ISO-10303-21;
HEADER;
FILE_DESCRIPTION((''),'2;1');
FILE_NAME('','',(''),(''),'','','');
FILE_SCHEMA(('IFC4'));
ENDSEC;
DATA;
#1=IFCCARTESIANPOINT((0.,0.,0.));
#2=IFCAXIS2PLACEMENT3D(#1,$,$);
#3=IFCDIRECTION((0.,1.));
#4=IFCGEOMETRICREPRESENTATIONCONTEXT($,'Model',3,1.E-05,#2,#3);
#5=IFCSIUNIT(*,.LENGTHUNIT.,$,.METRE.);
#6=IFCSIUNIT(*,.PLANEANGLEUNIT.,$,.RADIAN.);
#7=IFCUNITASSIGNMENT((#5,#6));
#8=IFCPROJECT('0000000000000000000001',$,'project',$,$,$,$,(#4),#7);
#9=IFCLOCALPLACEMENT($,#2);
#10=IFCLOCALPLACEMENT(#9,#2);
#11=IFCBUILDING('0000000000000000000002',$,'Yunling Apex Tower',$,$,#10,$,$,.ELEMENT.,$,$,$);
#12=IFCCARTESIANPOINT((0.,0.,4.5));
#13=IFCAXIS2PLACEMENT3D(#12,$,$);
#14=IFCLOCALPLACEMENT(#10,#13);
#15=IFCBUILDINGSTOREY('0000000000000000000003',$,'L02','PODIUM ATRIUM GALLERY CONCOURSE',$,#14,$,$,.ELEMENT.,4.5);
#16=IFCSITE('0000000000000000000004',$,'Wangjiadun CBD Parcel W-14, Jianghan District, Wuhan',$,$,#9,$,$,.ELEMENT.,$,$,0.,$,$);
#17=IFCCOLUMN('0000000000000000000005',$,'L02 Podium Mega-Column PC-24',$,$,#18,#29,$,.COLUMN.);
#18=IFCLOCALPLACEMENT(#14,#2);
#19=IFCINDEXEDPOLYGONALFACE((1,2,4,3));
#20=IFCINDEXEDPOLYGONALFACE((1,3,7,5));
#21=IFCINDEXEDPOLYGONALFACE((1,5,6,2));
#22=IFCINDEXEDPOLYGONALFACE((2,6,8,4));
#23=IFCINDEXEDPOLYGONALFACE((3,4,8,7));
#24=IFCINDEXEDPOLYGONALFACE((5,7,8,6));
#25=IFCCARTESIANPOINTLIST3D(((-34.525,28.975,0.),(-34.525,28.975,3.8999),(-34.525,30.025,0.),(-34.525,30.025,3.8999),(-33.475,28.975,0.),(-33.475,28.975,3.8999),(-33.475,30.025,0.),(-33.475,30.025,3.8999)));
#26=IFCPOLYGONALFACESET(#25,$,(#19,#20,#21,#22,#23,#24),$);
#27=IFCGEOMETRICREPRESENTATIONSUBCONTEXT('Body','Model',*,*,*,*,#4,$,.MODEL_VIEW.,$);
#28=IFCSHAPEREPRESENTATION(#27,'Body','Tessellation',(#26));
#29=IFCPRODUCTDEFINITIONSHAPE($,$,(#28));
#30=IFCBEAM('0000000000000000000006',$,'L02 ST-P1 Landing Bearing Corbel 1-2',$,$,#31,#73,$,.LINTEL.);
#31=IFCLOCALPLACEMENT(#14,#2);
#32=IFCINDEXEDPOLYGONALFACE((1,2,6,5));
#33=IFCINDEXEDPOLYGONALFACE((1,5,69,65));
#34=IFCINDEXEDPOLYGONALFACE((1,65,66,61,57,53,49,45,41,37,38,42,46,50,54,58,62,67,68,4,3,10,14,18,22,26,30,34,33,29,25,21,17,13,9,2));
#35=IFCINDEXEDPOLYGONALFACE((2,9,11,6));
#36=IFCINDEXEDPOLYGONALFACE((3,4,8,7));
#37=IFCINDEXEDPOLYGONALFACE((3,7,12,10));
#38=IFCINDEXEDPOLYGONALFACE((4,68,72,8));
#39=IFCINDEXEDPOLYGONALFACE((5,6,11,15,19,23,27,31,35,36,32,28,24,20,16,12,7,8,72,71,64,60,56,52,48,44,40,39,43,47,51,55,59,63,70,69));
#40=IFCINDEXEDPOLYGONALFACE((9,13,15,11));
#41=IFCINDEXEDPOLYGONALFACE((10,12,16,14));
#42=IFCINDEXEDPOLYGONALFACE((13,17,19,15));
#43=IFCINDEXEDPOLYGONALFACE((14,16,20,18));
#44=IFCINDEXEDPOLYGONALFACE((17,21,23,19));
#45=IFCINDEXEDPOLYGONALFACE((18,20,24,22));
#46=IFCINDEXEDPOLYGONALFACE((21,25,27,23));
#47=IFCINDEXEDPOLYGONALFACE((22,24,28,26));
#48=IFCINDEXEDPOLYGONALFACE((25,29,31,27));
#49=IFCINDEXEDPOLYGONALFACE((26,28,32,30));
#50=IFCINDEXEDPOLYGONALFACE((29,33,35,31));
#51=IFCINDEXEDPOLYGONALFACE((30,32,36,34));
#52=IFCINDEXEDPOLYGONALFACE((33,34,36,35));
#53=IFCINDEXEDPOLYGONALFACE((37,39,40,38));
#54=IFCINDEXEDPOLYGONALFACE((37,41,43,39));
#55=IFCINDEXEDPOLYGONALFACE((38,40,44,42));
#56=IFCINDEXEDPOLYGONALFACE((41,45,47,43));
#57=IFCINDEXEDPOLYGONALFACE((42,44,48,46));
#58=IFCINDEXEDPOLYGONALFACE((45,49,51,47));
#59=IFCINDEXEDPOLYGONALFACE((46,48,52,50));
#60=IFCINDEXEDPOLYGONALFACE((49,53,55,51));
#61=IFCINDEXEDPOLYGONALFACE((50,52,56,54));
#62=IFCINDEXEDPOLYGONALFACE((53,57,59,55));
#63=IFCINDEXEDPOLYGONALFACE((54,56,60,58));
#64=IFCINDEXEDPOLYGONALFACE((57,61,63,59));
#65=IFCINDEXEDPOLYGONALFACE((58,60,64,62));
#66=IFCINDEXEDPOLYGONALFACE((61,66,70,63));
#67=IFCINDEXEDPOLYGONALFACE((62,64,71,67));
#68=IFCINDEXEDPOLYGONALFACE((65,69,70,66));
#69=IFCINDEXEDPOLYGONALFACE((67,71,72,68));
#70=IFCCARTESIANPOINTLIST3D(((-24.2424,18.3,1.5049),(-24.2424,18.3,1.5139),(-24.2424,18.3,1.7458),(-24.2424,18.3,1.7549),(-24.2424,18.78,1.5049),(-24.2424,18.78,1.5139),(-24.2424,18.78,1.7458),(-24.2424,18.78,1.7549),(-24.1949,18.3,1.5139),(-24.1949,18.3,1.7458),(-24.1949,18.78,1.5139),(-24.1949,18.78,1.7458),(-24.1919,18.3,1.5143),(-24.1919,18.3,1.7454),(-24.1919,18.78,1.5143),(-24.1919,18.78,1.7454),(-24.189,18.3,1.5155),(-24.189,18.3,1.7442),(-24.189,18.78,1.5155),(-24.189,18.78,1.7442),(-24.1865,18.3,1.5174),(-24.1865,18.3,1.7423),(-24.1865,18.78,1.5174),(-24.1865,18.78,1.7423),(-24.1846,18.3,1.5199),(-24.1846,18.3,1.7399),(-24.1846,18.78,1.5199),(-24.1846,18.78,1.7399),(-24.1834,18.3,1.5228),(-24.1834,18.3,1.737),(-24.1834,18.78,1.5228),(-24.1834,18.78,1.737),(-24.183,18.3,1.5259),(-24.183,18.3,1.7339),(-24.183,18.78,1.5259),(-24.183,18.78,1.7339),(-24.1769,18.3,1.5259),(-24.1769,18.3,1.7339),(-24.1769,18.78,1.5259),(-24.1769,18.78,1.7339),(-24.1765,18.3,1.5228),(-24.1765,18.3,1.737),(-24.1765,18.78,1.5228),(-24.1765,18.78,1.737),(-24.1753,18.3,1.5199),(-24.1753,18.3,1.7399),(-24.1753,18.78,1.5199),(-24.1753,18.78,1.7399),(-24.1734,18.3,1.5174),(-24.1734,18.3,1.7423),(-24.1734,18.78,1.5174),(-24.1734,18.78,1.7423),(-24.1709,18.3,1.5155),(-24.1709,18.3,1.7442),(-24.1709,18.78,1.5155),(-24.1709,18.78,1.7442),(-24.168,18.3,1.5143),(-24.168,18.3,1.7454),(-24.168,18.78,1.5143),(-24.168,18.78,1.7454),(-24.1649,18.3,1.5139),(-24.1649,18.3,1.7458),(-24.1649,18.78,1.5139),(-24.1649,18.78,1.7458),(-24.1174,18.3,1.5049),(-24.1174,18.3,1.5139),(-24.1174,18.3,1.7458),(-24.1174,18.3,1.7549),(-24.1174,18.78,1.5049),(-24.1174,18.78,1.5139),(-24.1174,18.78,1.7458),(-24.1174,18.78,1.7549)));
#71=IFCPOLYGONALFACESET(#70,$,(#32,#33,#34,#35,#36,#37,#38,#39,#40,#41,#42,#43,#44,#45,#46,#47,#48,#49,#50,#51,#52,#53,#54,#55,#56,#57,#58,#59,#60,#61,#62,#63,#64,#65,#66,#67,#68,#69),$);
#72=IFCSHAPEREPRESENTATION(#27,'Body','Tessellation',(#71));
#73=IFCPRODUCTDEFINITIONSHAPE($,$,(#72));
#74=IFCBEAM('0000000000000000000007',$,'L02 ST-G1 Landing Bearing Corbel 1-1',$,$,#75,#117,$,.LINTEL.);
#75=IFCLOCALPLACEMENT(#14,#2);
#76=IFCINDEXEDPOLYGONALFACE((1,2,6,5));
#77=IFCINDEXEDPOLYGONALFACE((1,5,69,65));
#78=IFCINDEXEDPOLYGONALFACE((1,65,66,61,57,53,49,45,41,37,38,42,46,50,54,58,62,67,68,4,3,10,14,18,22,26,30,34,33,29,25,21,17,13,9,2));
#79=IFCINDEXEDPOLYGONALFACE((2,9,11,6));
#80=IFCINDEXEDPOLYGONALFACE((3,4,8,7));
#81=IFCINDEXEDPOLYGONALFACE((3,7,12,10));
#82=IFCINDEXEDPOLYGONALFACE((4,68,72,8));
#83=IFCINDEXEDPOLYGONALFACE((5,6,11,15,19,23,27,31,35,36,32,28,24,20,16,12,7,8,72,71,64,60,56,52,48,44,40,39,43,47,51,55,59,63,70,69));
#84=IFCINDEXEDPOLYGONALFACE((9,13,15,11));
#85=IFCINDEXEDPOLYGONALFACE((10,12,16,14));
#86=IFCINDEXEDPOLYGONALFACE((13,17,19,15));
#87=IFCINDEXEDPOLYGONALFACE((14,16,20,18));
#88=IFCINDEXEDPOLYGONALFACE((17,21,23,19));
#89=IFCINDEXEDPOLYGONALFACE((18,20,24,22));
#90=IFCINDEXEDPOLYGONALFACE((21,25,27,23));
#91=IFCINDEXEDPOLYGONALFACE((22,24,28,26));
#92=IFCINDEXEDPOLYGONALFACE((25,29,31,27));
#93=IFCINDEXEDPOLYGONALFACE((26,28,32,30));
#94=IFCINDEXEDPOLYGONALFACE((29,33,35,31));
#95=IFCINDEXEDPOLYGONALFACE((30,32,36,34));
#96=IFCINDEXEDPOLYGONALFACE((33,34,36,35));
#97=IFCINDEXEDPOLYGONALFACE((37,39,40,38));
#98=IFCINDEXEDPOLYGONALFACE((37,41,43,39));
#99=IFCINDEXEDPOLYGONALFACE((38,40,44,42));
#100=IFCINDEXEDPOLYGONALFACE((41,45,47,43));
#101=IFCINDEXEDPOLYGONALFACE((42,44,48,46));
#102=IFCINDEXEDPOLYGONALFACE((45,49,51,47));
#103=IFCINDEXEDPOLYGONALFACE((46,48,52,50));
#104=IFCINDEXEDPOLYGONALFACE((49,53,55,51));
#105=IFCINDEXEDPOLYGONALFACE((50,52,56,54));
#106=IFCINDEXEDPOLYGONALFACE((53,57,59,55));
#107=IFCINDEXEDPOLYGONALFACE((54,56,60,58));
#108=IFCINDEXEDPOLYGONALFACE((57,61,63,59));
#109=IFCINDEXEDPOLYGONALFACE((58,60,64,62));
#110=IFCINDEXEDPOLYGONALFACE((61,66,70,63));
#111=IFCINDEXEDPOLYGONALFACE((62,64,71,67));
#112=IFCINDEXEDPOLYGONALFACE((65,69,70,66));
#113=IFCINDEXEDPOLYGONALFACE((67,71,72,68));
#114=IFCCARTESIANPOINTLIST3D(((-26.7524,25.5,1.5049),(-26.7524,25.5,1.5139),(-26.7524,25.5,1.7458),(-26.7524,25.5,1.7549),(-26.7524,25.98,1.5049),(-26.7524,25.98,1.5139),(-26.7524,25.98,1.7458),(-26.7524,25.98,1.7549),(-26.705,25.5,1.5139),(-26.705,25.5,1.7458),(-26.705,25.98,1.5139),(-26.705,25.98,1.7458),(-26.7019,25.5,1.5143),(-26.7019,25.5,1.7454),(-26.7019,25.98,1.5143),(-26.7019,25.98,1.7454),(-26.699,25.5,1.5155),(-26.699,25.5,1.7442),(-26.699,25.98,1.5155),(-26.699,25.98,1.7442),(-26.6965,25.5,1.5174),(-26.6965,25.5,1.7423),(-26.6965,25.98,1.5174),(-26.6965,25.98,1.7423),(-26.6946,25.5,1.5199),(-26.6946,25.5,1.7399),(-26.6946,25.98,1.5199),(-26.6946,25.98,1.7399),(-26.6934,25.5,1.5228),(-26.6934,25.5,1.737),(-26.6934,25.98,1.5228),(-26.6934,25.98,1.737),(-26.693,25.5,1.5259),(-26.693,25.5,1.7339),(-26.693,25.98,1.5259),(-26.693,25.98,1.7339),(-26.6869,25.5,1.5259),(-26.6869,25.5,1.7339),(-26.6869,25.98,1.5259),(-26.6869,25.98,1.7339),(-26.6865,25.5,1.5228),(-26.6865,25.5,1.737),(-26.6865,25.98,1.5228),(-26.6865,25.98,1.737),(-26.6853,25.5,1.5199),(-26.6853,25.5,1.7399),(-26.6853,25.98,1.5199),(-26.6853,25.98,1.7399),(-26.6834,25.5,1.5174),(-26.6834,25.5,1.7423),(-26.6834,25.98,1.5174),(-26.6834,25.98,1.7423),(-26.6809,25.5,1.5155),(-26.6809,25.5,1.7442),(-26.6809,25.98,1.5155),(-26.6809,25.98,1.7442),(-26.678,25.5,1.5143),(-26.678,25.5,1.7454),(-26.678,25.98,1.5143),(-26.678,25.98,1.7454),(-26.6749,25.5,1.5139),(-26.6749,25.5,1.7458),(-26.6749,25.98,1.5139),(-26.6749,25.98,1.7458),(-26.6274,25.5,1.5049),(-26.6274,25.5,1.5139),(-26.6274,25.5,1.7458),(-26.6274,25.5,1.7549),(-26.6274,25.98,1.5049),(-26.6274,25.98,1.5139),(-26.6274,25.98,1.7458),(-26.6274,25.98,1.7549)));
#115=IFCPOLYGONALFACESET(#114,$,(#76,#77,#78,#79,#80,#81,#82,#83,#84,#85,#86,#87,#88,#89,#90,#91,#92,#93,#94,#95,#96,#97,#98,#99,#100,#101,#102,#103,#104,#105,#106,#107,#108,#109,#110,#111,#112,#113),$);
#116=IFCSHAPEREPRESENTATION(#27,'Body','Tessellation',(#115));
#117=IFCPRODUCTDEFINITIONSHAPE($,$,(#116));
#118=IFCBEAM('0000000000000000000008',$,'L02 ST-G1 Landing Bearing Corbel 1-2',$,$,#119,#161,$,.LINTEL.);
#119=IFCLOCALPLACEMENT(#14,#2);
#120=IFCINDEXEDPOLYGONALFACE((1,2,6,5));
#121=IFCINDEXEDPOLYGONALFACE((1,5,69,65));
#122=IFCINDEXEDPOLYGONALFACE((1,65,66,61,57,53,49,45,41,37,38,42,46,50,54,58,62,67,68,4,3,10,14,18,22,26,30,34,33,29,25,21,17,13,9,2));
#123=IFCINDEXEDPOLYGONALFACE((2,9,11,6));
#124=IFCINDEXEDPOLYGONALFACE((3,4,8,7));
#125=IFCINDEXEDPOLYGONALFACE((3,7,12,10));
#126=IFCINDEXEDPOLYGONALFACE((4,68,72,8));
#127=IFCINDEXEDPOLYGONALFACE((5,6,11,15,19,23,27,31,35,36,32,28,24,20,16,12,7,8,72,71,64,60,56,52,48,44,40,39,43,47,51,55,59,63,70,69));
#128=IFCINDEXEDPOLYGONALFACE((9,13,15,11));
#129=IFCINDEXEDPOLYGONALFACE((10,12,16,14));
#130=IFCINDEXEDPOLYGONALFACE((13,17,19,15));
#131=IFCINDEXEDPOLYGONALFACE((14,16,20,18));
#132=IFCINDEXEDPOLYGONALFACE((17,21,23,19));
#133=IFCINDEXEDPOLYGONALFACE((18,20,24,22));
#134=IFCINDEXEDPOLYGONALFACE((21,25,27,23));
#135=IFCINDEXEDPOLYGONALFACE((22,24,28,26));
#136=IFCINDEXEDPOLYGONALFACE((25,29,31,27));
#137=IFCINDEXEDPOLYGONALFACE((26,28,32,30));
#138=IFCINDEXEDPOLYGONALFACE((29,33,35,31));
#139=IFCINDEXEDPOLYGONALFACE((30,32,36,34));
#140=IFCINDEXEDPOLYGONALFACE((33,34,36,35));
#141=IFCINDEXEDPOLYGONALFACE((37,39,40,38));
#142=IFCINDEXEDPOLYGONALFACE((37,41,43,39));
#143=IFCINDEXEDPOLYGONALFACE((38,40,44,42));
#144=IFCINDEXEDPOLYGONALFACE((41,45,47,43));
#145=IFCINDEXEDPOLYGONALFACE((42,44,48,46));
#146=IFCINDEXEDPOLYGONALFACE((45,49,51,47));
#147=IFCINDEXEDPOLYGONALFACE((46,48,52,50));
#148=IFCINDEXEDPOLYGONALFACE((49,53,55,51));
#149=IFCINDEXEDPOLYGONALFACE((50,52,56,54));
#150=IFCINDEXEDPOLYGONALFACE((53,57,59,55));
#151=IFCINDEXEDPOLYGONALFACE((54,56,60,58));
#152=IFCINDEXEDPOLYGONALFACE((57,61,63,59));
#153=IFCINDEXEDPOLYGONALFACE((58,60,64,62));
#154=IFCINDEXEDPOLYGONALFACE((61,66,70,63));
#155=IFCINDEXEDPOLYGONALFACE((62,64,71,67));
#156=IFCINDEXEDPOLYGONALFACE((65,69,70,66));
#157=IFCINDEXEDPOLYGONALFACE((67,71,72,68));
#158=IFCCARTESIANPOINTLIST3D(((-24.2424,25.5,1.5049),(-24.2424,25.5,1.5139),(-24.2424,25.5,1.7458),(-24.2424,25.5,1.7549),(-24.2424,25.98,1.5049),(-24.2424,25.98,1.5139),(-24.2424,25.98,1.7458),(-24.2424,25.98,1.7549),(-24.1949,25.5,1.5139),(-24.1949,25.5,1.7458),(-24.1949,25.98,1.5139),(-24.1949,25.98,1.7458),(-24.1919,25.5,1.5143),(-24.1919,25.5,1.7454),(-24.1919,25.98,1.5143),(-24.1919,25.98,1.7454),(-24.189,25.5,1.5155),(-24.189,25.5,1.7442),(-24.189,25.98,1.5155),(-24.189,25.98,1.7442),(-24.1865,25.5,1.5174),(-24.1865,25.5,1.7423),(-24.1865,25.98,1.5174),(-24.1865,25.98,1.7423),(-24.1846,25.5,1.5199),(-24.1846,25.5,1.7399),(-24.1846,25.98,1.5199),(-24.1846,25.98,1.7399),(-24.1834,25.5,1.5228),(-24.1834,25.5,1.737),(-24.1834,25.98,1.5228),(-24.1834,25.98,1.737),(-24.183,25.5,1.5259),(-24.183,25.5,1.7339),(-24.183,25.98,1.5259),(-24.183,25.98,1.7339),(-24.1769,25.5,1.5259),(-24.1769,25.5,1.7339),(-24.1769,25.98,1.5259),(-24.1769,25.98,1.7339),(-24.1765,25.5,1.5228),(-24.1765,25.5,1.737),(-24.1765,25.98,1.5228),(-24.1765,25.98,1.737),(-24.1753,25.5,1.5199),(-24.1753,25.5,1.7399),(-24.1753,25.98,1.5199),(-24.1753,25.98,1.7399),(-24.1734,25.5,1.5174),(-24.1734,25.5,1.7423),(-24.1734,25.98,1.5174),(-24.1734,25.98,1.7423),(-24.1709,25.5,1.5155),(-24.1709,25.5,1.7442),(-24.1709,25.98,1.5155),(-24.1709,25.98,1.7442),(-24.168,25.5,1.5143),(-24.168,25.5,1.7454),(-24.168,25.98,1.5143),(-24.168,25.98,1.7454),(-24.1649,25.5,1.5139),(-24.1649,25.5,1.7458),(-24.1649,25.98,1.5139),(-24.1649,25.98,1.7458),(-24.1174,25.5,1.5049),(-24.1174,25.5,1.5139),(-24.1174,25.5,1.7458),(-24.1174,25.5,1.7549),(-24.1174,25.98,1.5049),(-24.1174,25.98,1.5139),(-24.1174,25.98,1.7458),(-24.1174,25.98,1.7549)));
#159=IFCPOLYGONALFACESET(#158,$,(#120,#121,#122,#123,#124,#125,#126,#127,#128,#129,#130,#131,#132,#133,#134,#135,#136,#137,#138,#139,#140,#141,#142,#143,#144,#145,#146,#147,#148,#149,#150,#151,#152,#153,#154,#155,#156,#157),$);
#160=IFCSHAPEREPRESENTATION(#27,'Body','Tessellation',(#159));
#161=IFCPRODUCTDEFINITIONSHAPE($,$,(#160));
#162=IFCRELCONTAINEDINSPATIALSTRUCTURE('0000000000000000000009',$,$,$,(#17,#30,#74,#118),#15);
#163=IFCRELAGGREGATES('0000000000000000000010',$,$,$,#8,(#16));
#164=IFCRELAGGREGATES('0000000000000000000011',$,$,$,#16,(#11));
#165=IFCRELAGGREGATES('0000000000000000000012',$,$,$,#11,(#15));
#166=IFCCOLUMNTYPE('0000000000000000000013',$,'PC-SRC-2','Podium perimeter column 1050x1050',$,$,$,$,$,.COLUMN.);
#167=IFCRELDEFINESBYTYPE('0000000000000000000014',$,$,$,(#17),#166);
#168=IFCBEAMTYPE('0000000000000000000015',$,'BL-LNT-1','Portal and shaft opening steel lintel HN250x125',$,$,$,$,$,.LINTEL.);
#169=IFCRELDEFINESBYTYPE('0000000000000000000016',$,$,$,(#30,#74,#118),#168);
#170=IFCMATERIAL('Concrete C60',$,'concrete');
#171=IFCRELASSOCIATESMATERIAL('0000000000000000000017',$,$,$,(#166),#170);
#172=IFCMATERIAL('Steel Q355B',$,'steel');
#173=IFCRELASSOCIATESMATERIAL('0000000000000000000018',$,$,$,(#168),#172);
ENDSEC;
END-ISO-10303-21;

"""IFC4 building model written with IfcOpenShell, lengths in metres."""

from ifc_helpers import new_model, si_unit, direction, frame, origin, origin_2d, place, context, subcontext, project, spatial, rectangle, i_section, extrude, source, transform, mapped, material, material_profile, profile_set, type_object, element, save


model = new_model("IFC4")

# Units and contexts
model_context = context("Model", 3, precision=1e-05, world=origin(), true_north=direction((0.0, 1.0)))
body_context = subcontext(model_context, "Body", "Model", "MODEL_VIEW")
ifc_project = project(units=[si_unit("LENGTHUNIT", "METRE"), si_unit("PLANEANGLEUNIT", "RADIAN")], contexts=[model_context])

# Site, building, storey
site_placement = place(None, origin())
site = spatial("IfcSite", under=ifc_project, at=site_placement, Name="Wangjiadun CBD Parcel W-14, Jianghan District, Wuhan", CompositionType="ELEMENT", RefElevation=0.0)
building_placement = place(site_placement, origin())
building = spatial("IfcBuilding", under=site, at=building_placement, Name="Yunling Apex Tower", CompositionType="ELEMENT")
storey_placement = place(building_placement, frame((0.0, 0.0, 4.5)))
storey = spatial("IfcBuildingStorey", under=building, at=storey_placement, Name="L02", Description="PODIUM ATRIUM GALLERY CONCOURSE", CompositionType="ELEMENT", Elevation=4.5)

# Column
ifc_material_1 = material(Name="Concrete C60", Category="concrete")
ifc_material_profile_1 = material_profile(ifc_material_1, rectangle(XDim=1.05, YDim=1.05, at=origin_2d()))
ifc_profile_set_1 = profile_set([ifc_material_profile_1], Name="Concrete C60")
column_type = type_object("IfcColumnType", Name="PC-SRC-2", Description="Podium perimeter column 1050x1050", PredefinedType="COLUMN", material=ifc_profile_set_1)
shared_shape_1 = source(origin(), body_context, "Body", "SweptSolid", [
    extrude(rectangle(XDim=1.05, YDim=1.05, at=origin_2d()), origin(), (0.0, 0.0, 1.0), 3.8999),
])
column_placement = place(storey_placement, frame((-34.0, 29.5, 0.0), z_axis=(0.0, 0.0, 1.0), x_axis=(1.0, 0.0, 0.0)))
element("IfcColumn", 1, at=column_placement, inside=storey, type_object=column_type, Name="L02 Podium Mega-Column PC-24", PredefinedType="COLUMN", context=body_context, shape_type="MappedRepresentation", body=[
    mapped(shared_shape_1, transform((0.0, 0.0, 0.0), scale=1.0)),
])

# Beams
ifc_material_2 = material(Name="Steel Q355B", Category="steel")
ifc_material_profile_2 = material_profile(ifc_material_2, i_section(OverallWidth=0.125, OverallDepth=0.25, WebThickness=0.0061, FlangeThickness=0.009, FilletRadius=0.012, at=origin_2d()))
ifc_profile_set_2 = profile_set([ifc_material_profile_2], Name="Steel Q355B")
beam_type_1 = type_object("IfcBeamType", Name="BL-LNT-1", Description="Portal and shaft opening steel lintel HN250x125", PredefinedType="LINTEL", material=ifc_profile_set_2)
shared_shape_2 = source(origin(), body_context, "Body", "SweptSolid", [
    extrude(i_section(OverallWidth=0.125, OverallDepth=0.25, WebThickness=0.0061, FlangeThickness=0.009, FilletRadius=0.012, at=origin_2d()), origin(), (0.0, 0.0, 1.0), 0.48),
])
for number, where, z_axis, x_axis, name in (
    (2, (-24.1799, 18.78, 1.6299), (0.0, -1.0, 0.0), (1.0, 0.0, 0.0), "L02 ST-P1 Landing Bearing Corbel 1-2"),
    (3, (-26.6899, 25.98, 1.6299), (0.0, -1.0, 0.0), (1.0, 0.0, 0.0), "L02 ST-G1 Landing Bearing Corbel 1-1"),
    (4, (-24.1799, 25.98, 1.6299), (0.0, -1.0, 0.0), (1.0, 0.0, 0.0), "L02 ST-G1 Landing Bearing Corbel 1-2"),
):
    element("IfcBeam", number, at=place(storey_placement, frame(where, z_axis=z_axis, x_axis=x_axis)), inside=storey, type_object=beam_type_1, Name=name, PredefinedType="LINTEL", context=body_context, shape_type="MappedRepresentation", body=[
        mapped(shared_shape_2, transform((0.0, 0.0, 0.0), scale=1.0)),
    ])

save(model, "model.ifc")
